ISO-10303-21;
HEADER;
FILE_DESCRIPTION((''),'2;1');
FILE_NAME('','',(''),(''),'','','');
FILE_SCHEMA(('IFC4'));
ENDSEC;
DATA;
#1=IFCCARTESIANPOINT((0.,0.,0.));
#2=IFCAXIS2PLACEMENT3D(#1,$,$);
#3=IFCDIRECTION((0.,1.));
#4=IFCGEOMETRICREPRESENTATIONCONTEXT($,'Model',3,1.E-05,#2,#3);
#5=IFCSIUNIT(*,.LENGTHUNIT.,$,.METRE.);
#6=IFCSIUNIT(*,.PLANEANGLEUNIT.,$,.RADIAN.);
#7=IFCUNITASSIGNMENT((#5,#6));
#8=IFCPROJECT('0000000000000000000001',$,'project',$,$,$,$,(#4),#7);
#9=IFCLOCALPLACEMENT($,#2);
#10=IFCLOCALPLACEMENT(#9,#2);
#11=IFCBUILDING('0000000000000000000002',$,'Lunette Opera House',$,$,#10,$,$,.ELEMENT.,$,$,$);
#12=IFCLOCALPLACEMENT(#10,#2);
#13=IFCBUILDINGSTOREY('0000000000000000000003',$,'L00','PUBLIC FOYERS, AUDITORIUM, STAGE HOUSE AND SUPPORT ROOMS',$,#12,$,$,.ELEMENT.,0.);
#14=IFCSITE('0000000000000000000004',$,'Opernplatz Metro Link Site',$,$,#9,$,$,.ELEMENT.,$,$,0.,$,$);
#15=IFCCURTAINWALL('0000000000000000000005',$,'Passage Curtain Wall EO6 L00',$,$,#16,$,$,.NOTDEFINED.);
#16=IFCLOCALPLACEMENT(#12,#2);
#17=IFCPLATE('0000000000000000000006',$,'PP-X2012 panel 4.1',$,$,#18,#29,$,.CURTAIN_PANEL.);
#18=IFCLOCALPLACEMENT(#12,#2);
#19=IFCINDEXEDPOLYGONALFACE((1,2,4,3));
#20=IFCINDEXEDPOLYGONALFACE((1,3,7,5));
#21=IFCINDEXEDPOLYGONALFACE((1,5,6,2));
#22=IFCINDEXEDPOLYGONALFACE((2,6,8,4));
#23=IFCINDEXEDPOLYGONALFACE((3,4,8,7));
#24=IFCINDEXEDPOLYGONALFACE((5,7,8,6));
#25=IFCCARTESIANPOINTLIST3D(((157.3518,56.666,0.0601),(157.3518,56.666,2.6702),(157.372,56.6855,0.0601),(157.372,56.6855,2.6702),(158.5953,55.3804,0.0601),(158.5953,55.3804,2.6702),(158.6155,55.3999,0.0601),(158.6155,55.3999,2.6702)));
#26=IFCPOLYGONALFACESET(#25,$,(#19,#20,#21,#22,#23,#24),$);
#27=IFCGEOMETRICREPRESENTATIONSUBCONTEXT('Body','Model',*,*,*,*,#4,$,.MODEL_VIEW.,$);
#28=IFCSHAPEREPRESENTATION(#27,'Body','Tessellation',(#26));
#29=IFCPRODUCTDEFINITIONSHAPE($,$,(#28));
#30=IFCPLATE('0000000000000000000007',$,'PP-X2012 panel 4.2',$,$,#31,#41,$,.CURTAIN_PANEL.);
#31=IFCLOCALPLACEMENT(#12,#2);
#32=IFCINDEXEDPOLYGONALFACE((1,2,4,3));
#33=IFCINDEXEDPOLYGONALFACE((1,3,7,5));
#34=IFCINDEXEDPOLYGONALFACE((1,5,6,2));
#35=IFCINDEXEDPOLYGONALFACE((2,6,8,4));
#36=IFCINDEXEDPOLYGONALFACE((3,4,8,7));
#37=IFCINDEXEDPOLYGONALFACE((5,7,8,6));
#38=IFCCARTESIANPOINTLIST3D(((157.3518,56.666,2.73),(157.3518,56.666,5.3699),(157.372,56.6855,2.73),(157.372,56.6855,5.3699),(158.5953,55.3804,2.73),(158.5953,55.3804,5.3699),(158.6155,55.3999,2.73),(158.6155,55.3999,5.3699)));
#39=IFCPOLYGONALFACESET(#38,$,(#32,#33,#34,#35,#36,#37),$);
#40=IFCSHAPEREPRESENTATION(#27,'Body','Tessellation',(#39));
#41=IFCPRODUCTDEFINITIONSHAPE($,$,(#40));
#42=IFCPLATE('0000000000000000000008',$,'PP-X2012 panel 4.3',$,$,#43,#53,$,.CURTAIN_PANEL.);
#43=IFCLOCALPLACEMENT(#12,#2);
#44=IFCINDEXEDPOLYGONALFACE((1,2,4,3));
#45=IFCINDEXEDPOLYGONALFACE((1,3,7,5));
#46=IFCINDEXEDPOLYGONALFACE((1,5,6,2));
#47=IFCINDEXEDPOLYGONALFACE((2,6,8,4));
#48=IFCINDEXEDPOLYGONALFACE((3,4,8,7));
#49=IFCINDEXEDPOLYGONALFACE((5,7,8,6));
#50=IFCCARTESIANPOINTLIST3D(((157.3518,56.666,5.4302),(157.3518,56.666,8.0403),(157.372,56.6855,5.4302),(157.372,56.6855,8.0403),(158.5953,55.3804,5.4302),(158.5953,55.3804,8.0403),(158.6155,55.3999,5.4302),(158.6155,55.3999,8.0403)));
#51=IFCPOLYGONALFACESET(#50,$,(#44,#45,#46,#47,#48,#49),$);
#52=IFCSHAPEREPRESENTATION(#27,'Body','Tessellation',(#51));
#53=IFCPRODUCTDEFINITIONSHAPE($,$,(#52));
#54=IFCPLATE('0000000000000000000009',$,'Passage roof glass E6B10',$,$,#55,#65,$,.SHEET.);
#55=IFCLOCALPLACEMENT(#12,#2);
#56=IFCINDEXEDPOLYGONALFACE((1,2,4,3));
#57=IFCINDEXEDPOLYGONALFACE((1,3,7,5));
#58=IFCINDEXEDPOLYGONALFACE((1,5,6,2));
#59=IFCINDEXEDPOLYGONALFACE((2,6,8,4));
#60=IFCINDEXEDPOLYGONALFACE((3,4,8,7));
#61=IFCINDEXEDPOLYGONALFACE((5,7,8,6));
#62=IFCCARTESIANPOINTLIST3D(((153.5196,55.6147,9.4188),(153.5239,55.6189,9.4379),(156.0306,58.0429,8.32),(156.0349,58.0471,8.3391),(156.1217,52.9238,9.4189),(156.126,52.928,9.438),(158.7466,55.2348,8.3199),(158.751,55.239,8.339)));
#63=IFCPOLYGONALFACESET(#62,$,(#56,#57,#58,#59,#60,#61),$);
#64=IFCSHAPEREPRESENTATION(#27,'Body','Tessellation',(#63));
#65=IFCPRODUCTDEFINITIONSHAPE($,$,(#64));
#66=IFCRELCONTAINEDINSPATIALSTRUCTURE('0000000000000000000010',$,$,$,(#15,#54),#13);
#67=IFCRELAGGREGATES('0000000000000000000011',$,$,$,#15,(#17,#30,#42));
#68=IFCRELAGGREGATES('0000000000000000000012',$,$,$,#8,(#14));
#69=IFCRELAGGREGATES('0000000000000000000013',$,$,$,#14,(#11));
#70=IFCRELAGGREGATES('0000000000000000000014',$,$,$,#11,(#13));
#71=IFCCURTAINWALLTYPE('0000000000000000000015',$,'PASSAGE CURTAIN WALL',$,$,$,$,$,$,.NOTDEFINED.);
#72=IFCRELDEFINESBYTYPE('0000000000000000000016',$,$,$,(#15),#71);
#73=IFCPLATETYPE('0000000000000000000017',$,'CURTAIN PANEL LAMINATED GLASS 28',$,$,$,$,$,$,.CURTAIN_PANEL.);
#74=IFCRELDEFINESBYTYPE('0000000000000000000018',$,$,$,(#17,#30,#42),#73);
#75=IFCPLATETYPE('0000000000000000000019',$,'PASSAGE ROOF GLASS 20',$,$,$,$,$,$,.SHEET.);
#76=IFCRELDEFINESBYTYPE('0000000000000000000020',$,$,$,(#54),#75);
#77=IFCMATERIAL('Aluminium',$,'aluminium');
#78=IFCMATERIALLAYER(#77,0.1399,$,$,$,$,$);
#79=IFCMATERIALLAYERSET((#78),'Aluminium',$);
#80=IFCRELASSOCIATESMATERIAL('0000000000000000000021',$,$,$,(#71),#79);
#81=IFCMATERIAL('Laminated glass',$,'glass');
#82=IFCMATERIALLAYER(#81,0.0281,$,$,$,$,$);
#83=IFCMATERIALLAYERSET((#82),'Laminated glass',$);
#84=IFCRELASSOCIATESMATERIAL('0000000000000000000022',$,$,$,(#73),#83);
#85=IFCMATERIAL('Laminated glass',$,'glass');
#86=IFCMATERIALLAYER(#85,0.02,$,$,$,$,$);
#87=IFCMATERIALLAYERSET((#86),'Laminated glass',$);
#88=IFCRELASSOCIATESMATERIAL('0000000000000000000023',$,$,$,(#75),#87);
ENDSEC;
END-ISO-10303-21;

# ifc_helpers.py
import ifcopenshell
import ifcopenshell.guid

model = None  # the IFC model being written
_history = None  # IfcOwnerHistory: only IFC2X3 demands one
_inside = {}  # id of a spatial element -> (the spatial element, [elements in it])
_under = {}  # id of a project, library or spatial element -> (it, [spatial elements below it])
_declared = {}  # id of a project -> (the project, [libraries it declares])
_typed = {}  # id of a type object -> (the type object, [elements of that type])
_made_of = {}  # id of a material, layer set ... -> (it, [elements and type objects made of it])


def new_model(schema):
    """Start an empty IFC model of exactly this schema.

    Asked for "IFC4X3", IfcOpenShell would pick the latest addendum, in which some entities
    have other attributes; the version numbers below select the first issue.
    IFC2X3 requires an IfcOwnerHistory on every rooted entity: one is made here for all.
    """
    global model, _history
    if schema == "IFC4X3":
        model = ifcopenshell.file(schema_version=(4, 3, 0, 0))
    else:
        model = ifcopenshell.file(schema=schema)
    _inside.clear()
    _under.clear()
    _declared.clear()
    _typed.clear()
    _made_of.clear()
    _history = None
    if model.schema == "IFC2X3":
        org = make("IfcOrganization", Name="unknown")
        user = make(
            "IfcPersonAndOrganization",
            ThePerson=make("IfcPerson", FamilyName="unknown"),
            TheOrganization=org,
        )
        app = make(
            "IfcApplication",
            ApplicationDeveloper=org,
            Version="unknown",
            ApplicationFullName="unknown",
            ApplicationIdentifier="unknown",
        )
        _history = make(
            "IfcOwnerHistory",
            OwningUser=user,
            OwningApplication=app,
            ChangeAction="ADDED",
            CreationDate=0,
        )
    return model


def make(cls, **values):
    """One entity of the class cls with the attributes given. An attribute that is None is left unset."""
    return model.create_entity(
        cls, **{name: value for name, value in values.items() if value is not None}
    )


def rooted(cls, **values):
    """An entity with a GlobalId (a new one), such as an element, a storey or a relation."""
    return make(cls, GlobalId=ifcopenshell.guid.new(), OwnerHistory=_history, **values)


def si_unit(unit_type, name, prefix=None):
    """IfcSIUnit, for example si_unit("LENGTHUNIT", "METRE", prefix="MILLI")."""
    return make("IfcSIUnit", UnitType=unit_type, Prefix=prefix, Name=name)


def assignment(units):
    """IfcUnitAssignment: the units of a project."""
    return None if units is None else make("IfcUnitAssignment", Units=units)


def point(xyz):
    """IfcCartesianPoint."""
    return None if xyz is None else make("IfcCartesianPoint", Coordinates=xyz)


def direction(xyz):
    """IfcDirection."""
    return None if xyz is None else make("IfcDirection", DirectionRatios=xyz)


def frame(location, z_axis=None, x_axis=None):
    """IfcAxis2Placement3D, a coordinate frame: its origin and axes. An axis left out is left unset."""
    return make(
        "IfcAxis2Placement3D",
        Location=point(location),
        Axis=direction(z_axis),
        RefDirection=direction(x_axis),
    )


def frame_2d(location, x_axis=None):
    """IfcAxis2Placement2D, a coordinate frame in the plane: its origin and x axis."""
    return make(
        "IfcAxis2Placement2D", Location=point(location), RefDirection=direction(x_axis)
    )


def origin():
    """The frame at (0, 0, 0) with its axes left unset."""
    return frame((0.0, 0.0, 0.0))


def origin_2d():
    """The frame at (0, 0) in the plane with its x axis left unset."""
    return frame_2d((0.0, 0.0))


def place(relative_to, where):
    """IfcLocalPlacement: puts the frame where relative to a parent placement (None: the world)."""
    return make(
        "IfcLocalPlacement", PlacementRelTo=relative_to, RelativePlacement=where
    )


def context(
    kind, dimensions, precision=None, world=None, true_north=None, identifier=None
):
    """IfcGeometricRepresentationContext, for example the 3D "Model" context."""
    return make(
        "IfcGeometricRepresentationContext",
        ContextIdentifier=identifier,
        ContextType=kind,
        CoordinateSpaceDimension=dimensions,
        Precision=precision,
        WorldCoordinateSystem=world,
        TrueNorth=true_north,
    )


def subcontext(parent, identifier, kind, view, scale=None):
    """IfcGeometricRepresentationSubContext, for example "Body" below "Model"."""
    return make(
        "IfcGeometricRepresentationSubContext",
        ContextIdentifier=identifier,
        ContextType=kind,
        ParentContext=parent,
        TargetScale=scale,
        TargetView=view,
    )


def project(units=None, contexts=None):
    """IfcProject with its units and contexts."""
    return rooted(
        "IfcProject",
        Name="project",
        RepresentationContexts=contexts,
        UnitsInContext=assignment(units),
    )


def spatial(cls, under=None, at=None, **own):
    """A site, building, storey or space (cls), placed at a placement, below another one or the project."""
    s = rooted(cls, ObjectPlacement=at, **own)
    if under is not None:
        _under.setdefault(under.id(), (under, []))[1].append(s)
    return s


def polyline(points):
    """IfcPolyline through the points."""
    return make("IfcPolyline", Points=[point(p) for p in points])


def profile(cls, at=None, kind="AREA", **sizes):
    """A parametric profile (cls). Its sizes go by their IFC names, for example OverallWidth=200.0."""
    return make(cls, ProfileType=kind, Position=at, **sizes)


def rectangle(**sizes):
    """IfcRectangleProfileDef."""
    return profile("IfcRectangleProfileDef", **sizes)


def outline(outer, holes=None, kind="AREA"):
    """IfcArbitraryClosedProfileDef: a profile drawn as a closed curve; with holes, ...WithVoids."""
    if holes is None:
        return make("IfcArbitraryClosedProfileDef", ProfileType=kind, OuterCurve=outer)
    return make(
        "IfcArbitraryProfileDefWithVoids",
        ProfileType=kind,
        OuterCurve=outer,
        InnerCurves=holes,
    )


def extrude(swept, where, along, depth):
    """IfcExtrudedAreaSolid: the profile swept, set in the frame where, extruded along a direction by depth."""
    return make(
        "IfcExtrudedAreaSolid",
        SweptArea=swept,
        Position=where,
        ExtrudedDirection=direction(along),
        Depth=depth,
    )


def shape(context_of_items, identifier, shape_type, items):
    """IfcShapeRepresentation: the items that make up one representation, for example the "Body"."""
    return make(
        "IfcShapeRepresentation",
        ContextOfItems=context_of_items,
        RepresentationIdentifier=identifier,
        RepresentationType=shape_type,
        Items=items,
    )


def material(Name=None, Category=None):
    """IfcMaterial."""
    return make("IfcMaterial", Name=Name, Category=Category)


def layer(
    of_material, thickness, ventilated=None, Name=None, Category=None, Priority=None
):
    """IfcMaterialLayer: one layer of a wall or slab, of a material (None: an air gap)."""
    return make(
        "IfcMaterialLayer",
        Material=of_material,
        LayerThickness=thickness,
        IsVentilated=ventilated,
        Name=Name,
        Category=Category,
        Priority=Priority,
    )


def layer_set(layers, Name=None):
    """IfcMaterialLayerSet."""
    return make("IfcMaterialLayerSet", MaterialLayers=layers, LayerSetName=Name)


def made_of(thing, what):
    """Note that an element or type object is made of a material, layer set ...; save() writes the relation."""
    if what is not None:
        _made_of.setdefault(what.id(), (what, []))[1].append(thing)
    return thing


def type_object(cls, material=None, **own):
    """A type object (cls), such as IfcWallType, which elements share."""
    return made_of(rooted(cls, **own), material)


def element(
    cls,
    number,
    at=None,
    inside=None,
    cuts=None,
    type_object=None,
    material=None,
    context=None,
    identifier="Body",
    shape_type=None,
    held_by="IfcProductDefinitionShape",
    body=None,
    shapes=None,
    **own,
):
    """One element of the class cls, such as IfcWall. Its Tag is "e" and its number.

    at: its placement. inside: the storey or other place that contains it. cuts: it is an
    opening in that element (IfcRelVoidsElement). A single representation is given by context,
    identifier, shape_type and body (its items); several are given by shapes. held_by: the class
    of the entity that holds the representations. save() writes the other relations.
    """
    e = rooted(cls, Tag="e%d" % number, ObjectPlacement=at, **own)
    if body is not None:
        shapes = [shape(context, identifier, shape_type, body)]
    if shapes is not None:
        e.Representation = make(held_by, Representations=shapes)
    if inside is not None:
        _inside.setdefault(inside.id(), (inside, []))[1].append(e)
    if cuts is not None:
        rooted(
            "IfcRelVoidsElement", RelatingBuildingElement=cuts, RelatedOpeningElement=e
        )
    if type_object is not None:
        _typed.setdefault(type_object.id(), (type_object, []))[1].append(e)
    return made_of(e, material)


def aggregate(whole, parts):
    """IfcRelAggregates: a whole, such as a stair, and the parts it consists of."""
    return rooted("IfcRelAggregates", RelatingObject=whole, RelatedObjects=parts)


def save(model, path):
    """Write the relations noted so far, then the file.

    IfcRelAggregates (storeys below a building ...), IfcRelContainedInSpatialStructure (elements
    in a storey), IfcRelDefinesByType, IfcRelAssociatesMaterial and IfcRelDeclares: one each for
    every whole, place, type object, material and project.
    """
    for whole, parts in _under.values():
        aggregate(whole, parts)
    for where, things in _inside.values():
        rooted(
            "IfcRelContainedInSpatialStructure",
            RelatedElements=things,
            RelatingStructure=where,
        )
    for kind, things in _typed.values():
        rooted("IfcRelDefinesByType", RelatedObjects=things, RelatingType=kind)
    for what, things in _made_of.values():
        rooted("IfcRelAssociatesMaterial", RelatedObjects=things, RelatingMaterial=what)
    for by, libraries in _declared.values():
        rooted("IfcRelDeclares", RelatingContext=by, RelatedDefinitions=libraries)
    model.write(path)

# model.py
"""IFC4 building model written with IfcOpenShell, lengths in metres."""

from ifc_helpers import new_model, si_unit, direction, frame, origin, origin_2d, place, context, subcontext, project, spatial, polyline, rectangle, outline, extrude, material, layer, layer_set, type_object, element, aggregate, save


model = new_model("IFC4")

# Units and contexts
model_context = context("Model", 3, precision=1e-05, world=origin(), true_north=direction((0.0, 1.0)))
body_context = subcontext(model_context, "Body", "Model", "MODEL_VIEW")
ifc_project = project(units=[si_unit("LENGTHUNIT", "METRE"), si_unit("PLANEANGLEUNIT", "RADIAN")], contexts=[model_context])

# Site, building, storey
site_placement = place(None, origin())
site = spatial("IfcSite", under=ifc_project, at=site_placement, Name="Opernplatz Metro Link Site", CompositionType="ELEMENT", RefElevation=0.0)
building_placement = place(site_placement, origin())
building = spatial("IfcBuilding", under=site, at=building_placement, Name="Lunette Opera House", CompositionType="ELEMENT")
storey_placement = place(building_placement, origin())
storey = spatial("IfcBuildingStorey", under=building, at=storey_placement, Name="L00", Description="PUBLIC FOYERS, AUDITORIUM, STAGE HOUSE AND SUPPORT ROOMS", CompositionType="ELEMENT", Elevation=0.0)

# Shared definitions
ifc_material_1 = material(Name="Aluminium", Category="aluminium")
ifc_layer_1 = layer(ifc_material_1, 0.1399)
ifc_layer_set_1 = layer_set([ifc_layer_1], Name="Aluminium")
curtain_wall_type = type_object("IfcCurtainWallType", Name="PASSAGE CURTAIN WALL", PredefinedType="NOTDEFINED", material=ifc_layer_set_1)

# Curtain wall
curtain_wall_1_placement = place(storey_placement, origin())
curtain_wall_1 = element("IfcCurtainWall", 1, at=curtain_wall_1_placement, inside=storey, type_object=curtain_wall_type, Name="Passage Curtain Wall EO6 L00", PredefinedType="NOTDEFINED")

# Plates
ifc_material_2 = material(Name="Laminated glass", Category="glass")
ifc_layer_2 = layer(ifc_material_2, 0.0281)
ifc_layer_set_2 = layer_set([ifc_layer_2], Name="Laminated glass")
plate_type_1 = type_object("IfcPlateType", Name="CURTAIN PANEL LAMINATED GLASS 28", PredefinedType="CURTAIN_PANEL", material=ifc_layer_set_2)
plate_1_placement = place(storey_placement, frame((157.9836, 56.033, 0.0601), z_axis=(0.0, 0.0, 1.0), x_axis=(0.695231, -0.718787, 0.0)))
plate_1 = element("IfcPlate", 2, at=plate_1_placement, type_object=plate_type_1, Name="PP-X2012 panel 4.1", PredefinedType="CURTAIN_PANEL", context=body_context, shape_type="SweptSolid", body=[
    extrude(rectangle(XDim=1.7886, YDim=0.0281, at=origin_2d()), origin(), (0.0, 0.0, 1.0), 2.6101),
])
plate_2_placement = place(storey_placement, frame((157.9836, 56.033, 2.73), z_axis=(0.0, 0.0, 1.0), x_axis=(0.695231, -0.718787, 0.0)))
plate_2 = element("IfcPlate", 3, at=plate_2_placement, type_object=plate_type_1, Name="PP-X2012 panel 4.2", PredefinedType="CURTAIN_PANEL", context=body_context, shape_type="SweptSolid", body=[
    extrude(rectangle(XDim=1.7886, YDim=0.0281, at=origin_2d()), origin(), (0.0, 0.0, 1.0), 2.6399),
])
plate_3_placement = place(storey_placement, frame((157.9836, 56.033, 5.4302), z_axis=(0.0, 0.0, 1.0), x_axis=(0.695231, -0.718787, 0.0)))
plate_3 = element("IfcPlate", 4, at=plate_3_placement, type_object=plate_type_1, Name="PP-X2012 panel 4.3", PredefinedType="CURTAIN_PANEL", context=body_context, shape_type="SweptSolid", body=[
    extrude(rectangle(XDim=1.7886, YDim=0.0281, at=origin_2d()), origin(), (0.0, 0.0, 1.0), 2.6101),
])
aggregate(curtain_wall_1, [plate_1, plate_2, plate_3])
ifc_material_3 = material(Name="Laminated glass", Category="glass")
ifc_layer_3 = layer(ifc_material_3, 0.02)
ifc_layer_set_3 = layer_set([ifc_layer_3], Name="Laminated glass")
plate_type_2 = type_object("IfcPlateType", Name="PASSAGE ROOF GLASS 20", PredefinedType="SHEET", material=ifc_layer_set_3)
plate_4_placement = place(storey_placement, frame((156.0349, 58.0471, 8.3391), z_axis=(0.215701, 0.208605, 0.953917), x_axis=(0.695225, -0.718792, -0.000018)))
element("IfcPlate", 5, at=plate_4_placement, inside=storey, type_object=plate_type_2, Name="Passage roof glass E6B10", PredefinedType="SHEET", context=body_context, shape_type="SweptSolid", body=[
    extrude(outline(polyline([(0.0, 0.0), (3.9067, 0.0), (3.7429, -3.6623), (-0.0003, -3.6618), (0.0, 0.0)])), origin(), (0.0, 0.0, -1.0), 0.02),
])

save(model, "model.ifc")
